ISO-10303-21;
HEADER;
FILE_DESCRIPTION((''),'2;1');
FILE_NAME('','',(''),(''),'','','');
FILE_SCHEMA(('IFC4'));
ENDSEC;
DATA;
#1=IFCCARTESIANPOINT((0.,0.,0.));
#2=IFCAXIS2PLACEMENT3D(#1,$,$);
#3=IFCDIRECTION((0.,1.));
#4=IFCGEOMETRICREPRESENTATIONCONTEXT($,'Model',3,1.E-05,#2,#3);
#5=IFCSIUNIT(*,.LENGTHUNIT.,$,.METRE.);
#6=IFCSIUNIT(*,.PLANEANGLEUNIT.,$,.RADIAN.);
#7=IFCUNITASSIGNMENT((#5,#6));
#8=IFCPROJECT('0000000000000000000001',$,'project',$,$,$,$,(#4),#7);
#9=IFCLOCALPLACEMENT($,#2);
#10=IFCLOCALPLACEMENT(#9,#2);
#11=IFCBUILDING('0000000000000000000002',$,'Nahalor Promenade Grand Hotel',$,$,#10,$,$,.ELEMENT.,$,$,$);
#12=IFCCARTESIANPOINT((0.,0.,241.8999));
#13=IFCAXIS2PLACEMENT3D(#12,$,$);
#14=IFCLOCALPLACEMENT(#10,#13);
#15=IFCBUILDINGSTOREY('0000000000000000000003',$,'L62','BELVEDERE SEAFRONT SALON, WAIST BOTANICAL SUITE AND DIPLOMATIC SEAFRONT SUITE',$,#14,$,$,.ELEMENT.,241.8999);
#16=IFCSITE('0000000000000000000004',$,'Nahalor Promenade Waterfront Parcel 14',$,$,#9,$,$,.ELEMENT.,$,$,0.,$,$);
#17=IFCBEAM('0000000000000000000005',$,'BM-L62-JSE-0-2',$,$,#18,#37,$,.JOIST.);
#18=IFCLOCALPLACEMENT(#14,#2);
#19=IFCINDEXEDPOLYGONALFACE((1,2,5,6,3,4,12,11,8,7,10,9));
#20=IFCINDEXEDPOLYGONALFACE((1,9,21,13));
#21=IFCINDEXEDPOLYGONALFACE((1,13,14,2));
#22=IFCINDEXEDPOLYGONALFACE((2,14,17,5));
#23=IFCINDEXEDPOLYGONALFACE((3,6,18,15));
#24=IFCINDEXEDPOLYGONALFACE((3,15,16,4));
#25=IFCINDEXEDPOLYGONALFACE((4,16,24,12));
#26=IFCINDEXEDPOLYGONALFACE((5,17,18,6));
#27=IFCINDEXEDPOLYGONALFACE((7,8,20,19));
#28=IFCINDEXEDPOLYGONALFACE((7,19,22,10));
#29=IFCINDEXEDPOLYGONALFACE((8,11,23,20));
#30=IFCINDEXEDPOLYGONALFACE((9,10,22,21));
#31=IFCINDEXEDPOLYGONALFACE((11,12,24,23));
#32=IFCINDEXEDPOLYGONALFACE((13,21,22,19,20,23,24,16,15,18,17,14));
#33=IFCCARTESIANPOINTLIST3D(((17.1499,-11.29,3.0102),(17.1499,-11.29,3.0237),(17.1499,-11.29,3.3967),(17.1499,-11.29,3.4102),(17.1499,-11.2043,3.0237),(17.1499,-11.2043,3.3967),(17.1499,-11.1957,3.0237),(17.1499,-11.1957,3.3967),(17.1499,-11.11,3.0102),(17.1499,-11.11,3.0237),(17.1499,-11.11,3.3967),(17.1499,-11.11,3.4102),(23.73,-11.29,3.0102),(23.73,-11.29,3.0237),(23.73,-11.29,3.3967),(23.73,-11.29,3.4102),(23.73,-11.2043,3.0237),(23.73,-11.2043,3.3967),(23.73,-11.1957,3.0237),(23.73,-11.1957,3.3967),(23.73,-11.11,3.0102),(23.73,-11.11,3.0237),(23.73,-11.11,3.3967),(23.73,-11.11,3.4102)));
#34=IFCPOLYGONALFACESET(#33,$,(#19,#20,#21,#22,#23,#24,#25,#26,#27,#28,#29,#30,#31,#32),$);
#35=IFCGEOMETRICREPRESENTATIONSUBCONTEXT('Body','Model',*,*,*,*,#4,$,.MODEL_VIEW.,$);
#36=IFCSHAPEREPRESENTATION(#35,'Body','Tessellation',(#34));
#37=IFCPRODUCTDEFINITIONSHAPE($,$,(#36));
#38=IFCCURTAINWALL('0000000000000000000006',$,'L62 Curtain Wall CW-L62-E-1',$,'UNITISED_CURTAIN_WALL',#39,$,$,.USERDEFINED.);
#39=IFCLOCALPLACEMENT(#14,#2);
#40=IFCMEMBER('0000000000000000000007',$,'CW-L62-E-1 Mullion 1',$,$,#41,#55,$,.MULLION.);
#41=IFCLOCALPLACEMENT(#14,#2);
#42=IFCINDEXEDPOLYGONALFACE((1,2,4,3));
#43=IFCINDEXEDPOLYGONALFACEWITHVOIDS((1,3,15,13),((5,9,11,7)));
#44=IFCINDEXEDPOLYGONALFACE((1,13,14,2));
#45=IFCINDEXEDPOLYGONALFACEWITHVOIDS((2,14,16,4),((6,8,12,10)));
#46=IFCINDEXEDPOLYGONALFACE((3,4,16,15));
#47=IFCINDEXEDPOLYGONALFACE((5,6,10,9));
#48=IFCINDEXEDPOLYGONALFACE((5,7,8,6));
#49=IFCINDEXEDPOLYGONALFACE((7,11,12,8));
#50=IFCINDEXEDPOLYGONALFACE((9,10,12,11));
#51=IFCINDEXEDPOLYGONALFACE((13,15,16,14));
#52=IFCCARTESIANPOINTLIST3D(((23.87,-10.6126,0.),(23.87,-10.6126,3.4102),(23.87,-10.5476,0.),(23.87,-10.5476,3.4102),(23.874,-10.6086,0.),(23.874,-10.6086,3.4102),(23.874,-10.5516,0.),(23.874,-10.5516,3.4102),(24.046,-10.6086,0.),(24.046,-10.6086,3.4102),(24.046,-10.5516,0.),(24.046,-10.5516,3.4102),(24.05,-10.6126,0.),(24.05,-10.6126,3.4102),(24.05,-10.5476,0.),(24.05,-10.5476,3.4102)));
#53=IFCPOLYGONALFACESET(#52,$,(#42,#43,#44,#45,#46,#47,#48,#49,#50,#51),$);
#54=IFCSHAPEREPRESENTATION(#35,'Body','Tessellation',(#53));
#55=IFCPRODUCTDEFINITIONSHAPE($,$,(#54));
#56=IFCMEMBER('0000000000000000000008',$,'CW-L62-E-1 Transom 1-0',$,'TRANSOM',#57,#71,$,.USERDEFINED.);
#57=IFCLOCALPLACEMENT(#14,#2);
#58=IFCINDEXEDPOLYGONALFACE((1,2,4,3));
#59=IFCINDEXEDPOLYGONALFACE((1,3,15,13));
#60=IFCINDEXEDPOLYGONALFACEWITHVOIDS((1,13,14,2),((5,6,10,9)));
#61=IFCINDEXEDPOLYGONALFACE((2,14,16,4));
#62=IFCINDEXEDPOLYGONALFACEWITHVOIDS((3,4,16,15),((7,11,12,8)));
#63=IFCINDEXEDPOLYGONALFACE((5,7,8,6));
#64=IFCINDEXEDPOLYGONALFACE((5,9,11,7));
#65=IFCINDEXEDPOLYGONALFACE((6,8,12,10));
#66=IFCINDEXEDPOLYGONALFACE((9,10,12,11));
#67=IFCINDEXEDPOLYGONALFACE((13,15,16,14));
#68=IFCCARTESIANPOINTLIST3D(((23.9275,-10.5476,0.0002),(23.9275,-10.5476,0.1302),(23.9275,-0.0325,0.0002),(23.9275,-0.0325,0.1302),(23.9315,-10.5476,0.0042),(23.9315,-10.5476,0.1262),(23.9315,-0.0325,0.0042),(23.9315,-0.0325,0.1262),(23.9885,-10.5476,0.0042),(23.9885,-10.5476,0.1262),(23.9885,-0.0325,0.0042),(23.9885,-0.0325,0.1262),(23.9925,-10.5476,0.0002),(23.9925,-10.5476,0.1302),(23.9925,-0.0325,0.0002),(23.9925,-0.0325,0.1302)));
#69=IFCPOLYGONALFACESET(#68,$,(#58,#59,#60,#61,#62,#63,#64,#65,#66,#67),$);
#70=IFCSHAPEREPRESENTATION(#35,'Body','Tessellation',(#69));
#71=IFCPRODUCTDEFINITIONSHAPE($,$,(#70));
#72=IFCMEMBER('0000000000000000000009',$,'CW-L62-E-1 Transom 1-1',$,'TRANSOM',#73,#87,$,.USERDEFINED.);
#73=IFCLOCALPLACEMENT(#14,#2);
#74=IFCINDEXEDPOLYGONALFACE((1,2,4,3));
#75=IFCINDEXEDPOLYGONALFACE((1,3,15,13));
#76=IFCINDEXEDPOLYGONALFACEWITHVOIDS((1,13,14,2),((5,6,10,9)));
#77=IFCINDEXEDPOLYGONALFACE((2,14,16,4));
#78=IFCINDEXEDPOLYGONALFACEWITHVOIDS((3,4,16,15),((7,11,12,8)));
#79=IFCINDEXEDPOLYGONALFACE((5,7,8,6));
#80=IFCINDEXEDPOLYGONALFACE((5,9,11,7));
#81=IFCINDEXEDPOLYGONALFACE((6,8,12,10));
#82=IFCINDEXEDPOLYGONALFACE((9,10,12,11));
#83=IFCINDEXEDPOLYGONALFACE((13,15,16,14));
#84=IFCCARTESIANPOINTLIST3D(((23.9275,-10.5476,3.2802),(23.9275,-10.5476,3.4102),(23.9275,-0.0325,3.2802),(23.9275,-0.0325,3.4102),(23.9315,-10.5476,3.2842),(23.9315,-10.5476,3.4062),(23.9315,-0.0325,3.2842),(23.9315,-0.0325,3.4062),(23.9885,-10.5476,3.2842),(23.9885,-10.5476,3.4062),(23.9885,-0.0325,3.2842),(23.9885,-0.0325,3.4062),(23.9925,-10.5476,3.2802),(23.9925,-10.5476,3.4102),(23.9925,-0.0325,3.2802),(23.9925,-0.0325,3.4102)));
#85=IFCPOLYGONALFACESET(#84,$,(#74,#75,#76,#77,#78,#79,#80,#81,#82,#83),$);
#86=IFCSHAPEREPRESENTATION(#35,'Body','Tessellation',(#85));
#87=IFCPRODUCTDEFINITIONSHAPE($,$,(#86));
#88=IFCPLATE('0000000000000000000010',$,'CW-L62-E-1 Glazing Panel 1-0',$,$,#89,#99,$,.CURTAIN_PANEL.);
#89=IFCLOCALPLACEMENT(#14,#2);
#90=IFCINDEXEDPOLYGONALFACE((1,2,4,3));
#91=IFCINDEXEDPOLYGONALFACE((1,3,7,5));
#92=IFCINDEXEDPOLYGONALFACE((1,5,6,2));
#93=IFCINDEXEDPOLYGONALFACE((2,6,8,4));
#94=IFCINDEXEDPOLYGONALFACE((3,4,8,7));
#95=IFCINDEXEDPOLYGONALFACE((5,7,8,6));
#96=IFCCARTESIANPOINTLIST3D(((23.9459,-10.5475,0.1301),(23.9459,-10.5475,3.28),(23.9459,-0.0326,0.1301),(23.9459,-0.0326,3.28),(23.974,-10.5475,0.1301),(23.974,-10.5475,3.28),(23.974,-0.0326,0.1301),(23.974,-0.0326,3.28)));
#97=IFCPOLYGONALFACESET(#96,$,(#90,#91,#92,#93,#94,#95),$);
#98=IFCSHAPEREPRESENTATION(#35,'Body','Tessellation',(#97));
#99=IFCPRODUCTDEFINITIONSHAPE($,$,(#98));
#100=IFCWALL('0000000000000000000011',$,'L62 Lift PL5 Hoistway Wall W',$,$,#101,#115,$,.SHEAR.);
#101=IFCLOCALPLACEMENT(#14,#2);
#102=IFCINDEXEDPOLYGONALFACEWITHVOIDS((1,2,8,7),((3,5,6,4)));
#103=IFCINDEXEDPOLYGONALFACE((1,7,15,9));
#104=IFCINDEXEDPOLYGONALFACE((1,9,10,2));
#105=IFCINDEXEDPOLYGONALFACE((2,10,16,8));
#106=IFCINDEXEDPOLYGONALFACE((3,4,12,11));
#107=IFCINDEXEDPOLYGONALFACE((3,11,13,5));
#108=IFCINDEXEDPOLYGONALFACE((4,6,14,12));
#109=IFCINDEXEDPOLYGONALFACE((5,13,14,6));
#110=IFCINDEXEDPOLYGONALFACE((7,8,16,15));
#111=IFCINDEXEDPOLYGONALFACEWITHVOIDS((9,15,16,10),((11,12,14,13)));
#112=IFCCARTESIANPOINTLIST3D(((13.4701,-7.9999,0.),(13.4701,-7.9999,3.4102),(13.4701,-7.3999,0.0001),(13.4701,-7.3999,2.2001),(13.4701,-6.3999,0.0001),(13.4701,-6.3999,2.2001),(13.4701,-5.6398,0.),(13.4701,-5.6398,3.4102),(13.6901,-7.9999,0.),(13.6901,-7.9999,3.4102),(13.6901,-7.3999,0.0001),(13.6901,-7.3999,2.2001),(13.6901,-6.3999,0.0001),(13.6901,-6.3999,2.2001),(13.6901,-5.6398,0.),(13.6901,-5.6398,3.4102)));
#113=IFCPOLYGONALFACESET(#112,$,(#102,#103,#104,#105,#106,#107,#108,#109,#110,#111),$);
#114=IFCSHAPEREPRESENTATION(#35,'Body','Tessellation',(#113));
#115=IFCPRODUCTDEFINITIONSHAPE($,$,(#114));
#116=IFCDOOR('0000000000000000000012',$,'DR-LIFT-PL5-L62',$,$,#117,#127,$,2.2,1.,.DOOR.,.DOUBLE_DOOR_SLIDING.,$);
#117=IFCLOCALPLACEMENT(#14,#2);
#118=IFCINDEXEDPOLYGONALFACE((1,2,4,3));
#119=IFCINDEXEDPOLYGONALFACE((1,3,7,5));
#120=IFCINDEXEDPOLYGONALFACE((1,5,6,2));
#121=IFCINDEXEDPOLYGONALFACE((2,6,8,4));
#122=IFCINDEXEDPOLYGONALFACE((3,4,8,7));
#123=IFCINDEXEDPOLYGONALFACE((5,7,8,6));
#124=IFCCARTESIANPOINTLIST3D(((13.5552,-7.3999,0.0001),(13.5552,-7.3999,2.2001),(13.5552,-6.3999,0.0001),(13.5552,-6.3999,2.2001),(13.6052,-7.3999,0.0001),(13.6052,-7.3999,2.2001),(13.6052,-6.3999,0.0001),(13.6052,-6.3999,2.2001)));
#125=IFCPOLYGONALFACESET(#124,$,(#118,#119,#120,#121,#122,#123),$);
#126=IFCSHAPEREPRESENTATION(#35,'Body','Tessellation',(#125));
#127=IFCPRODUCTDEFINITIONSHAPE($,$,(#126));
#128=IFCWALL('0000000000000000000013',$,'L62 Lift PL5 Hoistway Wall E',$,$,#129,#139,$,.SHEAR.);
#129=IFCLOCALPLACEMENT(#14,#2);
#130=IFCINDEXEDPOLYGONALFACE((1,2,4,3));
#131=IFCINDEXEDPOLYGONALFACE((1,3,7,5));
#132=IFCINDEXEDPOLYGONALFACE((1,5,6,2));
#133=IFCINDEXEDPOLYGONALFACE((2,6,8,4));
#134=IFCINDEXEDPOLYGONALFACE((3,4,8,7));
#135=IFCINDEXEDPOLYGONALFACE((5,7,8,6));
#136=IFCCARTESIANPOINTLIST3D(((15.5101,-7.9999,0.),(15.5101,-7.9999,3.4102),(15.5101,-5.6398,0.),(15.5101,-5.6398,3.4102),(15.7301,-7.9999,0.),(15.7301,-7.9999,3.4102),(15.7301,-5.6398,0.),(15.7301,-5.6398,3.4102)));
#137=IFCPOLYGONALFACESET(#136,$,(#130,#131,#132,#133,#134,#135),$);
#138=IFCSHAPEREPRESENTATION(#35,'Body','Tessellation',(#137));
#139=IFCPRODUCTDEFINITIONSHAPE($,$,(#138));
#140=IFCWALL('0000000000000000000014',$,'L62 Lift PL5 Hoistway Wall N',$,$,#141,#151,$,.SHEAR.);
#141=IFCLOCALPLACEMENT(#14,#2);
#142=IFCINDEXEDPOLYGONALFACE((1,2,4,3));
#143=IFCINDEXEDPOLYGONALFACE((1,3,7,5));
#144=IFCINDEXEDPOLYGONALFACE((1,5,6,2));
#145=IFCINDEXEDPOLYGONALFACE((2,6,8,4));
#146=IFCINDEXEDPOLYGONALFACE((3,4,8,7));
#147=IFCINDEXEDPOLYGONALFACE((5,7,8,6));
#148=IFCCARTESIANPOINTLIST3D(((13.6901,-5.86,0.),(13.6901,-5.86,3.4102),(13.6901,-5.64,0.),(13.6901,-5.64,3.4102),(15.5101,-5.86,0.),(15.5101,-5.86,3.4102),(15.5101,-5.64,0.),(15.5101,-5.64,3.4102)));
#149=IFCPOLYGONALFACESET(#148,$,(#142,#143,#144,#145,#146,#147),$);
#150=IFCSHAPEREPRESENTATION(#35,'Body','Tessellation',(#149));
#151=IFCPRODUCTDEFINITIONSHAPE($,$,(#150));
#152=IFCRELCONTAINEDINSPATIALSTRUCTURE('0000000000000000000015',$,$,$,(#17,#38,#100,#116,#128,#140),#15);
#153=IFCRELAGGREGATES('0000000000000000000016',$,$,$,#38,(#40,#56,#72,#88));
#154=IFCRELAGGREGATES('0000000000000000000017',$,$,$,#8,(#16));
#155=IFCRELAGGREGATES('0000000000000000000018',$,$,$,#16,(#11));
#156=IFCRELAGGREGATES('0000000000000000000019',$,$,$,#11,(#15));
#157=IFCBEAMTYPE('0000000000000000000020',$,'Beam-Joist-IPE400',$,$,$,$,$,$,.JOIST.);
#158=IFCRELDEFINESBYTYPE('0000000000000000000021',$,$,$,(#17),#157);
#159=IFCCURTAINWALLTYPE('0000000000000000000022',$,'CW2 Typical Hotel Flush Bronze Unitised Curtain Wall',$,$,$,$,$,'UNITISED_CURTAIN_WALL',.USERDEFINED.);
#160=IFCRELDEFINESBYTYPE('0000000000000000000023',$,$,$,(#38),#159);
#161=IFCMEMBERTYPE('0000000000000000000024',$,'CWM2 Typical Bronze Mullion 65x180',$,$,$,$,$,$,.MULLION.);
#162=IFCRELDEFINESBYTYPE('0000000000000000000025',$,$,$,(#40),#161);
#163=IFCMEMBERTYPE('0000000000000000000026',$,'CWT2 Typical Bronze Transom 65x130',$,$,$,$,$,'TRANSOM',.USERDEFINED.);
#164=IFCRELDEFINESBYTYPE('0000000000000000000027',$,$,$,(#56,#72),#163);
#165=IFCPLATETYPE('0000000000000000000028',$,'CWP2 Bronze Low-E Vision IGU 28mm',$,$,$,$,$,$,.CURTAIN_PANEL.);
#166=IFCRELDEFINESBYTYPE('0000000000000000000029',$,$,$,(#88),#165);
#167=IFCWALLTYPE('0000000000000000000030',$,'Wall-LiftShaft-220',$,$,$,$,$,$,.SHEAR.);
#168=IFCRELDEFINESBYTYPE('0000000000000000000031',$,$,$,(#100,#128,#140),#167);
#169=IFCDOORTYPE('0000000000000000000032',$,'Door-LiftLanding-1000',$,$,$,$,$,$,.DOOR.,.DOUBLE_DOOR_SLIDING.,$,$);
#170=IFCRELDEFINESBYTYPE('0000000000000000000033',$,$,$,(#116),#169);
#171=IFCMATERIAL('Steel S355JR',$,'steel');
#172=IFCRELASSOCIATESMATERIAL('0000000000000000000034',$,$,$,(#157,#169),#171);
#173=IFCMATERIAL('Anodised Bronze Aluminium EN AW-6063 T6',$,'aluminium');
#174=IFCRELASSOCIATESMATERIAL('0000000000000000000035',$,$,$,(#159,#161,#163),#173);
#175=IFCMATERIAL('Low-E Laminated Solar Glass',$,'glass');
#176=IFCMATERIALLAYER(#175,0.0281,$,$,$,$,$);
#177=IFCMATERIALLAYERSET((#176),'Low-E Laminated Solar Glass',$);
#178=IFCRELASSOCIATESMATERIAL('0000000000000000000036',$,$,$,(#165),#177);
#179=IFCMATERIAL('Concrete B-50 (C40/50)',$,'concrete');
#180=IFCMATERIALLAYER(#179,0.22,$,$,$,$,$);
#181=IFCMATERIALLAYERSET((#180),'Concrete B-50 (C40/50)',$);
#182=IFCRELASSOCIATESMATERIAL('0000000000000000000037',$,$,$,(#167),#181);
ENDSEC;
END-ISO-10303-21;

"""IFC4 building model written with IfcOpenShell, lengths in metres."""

from ifc_helpers import new_model, si_unit, direction, frame, frame_2d, origin, origin_2d, place, context, subcontext, project, spatial, rectangle, hollow_rectangle, i_section, extrude, source, transform, mapped, material, layer, layer_set, material_profile, profile_set, type_object, element, fill, aggregate, save


model = new_model("IFC4")

# Units and contexts
model_context = context("Model", 3, precision=1e-05, world=origin(), true_north=direction((0.0, 1.0)))
body_context = subcontext(model_context, "Body", "Model", "MODEL_VIEW")
ifc_project = project(units=[si_unit("LENGTHUNIT", "METRE"), si_unit("PLANEANGLEUNIT", "RADIAN")], contexts=[model_context])

# Site, building, storey
site_placement = place(None, origin())
site = spatial("IfcSite", under=ifc_project, at=site_placement, Name="Nahalor Promenade Waterfront Parcel 14", CompositionType="ELEMENT", RefElevation=0.0)
building_placement = place(site_placement, origin())
building = spatial("IfcBuilding", under=site, at=building_placement, Name="Nahalor Promenade Grand Hotel", CompositionType="ELEMENT")
storey_placement = place(building_placement, frame((0.0, 0.0, 241.8999)))
storey = spatial("IfcBuildingStorey", under=building, at=storey_placement, Name="L62", Description="BELVEDERE SEAFRONT SALON, WAIST BOTANICAL SUITE AND DIPLOMATIC SEAFRONT SUITE", CompositionType="ELEMENT", Elevation=241.8999)

# Shared definitions
ifc_material_1 = material(Name="Steel S355JR", Category="steel")

# Beam
ifc_material_profile_1 = material_profile(ifc_material_1, i_section(OverallWidth=0.18, OverallDepth=0.4, WebThickness=0.0086, FlangeThickness=0.0135, at=origin_2d()), Name="IPE 400")
ifc_profile_set_1 = profile_set([ifc_material_profile_1], Name="Steel S355JR")
beam_type_1 = type_object("IfcBeamType", Name="Beam-Joist-IPE400", PredefinedType="JOIST", material=ifc_profile_set_1)
shared_shape_1 = source(origin(), body_context, "Body", "SweptSolid", [
    extrude(i_section(OverallWidth=0.18, OverallDepth=0.4, WebThickness=0.0086, FlangeThickness=0.0135, at=origin_2d()), origin(), (0.0, 0.0, 1.0), 6.5801),
])
beam_1_placement = place(storey_placement, frame((17.1499, -11.2, 3.2102), z_axis=(1.0, 0.0, 0.0), x_axis=(0.0, 1.0, 0.0)))
element("IfcBeam", 1, at=beam_1_placement, inside=storey, type_object=beam_type_1, Name="BM-L62-JSE-0-2", PredefinedType="JOIST", context=body_context, shape_type="MappedRepresentation", body=[
    mapped(shared_shape_1, transform((0.0, 0.0, 0.0), scale=1.0)),
])

# Curtain wall, members, plate
ifc_material_2 = material(Name="Anodised Bronze Aluminium EN AW-6063 T6", Category="aluminium")
curtain_wall_type = type_object("IfcCurtainWallType", Name="CW2 Typical Hotel Flush Bronze Unitised Curtain Wall", ElementType="UNITISED_CURTAIN_WALL", PredefinedType="USERDEFINED", material=ifc_material_2)
curtain_wall_placement = place(storey_placement, origin())
curtain_wall = element("IfcCurtainWall", 2, at=curtain_wall_placement, inside=storey, type_object=curtain_wall_type, Name="L62 Curtain Wall CW-L62-E-1", ObjectType="UNITISED_CURTAIN_WALL", PredefinedType="USERDEFINED")
ifc_material_profile_2 = material_profile(ifc_material_2, hollow_rectangle(XDim=0.065, YDim=0.18, WallThickness=0.004, at=origin_2d()), Name="CWM 65x180x4")
ifc_profile_set_2 = profile_set([ifc_material_profile_2], Name="Anodised Bronze Aluminium EN AW-6063 T6")
member_type_1 = type_object("IfcMemberType", Name="CWM2 Typical Bronze Mullion 65x180", PredefinedType="MULLION", material=ifc_profile_set_2)
shared_shape_2 = source(origin(), body_context, "Body", "SweptSolid", [
    extrude(hollow_rectangle(XDim=0.065, YDim=0.18, WallThickness=0.004, at=origin_2d()), origin(), (0.0, 0.0, 1.0), 3.4102),
])
member_1_placement = place(storey_placement, frame((23.96, -10.5801, 0.0), z_axis=(0.0, 0.0, 1.0), x_axis=(0.0, 1.0, 0.0)))
member_1 = element("IfcMember", 3, at=member_1_placement, type_object=member_type_1, Name="CW-L62-E-1 Mullion 1", PredefinedType="MULLION", context=body_context, shape_type="MappedRepresentation", body=[
    mapped(shared_shape_2, transform((0.0, 0.0, 0.0), scale=1.0)),
])
ifc_material_profile_3 = material_profile(ifc_material_2, hollow_rectangle(XDim=0.065, YDim=0.13, WallThickness=0.004, at=origin_2d()), Name="CWT 65x130x4")
ifc_profile_set_3 = profile_set([ifc_material_profile_3], Name="Anodised Bronze Aluminium EN AW-6063 T6")
member_type_2 = type_object("IfcMemberType", Name="CWT2 Typical Bronze Transom 65x130", ElementType="TRANSOM", PredefinedType="USERDEFINED", material=ifc_profile_set_3)
shared_shape_3 = source(origin(), body_context, "Body", "SweptSolid", [
    extrude(hollow_rectangle(XDim=0.065, YDim=0.13, WallThickness=0.004, at=origin_2d()), origin(), (0.0, 0.0, 1.0), 10.5151),
])
member_2_placement = place(storey_placement, frame((23.96, -10.5476, 0.0652), z_axis=(0.0, 1.0, 0.0), x_axis=(-1.0, 0.0, 0.0)))
member_2 = element("IfcMember", 4, at=member_2_placement, type_object=member_type_2, Name="CW-L62-E-1 Transom 1-0", ObjectType="TRANSOM", PredefinedType="USERDEFINED", context=body_context, shape_type="MappedRepresentation", body=[
    mapped(shared_shape_3, transform((0.0, 0.0, 0.0), scale=1.0)),
])
member_3_placement = place(storey_placement, frame((23.96, -10.5476, 3.3452), z_axis=(0.0, 1.0, 0.0), x_axis=(-1.0, 0.0, 0.0)))
member_3 = element("IfcMember", 5, at=member_3_placement, type_object=member_type_2, Name="CW-L62-E-1 Transom 1-1", ObjectType="TRANSOM", PredefinedType="USERDEFINED", context=body_context, shape_type="MappedRepresentation", body=[
    mapped(shared_shape_3, transform((0.0, 0.0, 0.0), scale=1.0)),
])
ifc_material_3 = material(Name="Low-E Laminated Solar Glass", Category="glass")
ifc_layer_1 = layer(ifc_material_3, 0.0281)
ifc_layer_set_1 = layer_set([ifc_layer_1], Name="Low-E Laminated Solar Glass")
plate_type = type_object("IfcPlateType", Name="CWP2 Bronze Low-E Vision IGU 28mm", PredefinedType="CURTAIN_PANEL", material=ifc_layer_set_1)
shared_shape_4 = source(origin(), body_context, "Body", "SweptSolid", [
    extrude(rectangle(XDim=10.5149, YDim=0.0281, at=origin_2d()), origin(), (0.0, 0.0, 1.0), 3.1499),
])
plate_placement = place(storey_placement, frame((23.96, -5.29, 0.1301), z_axis=(0.0, 0.0, 1.0), x_axis=(0.0, 1.0, 0.0)))
plate = element("IfcPlate", 6, at=plate_placement, type_object=plate_type, Name="CW-L62-E-1 Glazing Panel 1-0", PredefinedType="CURTAIN_PANEL", context=body_context, shape_type="MappedRepresentation", body=[
    mapped(shared_shape_4, transform((0.0, 0.0, 0.0), scale=1.0)),
])
aggregate(curtain_wall, [member_1, member_2, member_3, plate])

# Wall, opening, door
ifc_material_4 = material(Name="Concrete B-50 (C40/50)", Category="concrete")
ifc_layer_2 = layer(ifc_material_4, 0.22)
ifc_layer_set_2 = layer_set([ifc_layer_2], Name="Concrete B-50 (C40/50)")
wall_type_1 = type_object("IfcWallType", Name="Wall-LiftShaft-220", PredefinedType="SHEAR", material=ifc_layer_set_2)
shared_shape_5 = source(origin(), body_context, "Body", "SweptSolid", [
    extrude(rectangle(XDim=2.3601, YDim=0.22, at=frame_2d((1.1802, 0.0))), origin(), (0.0, 0.0, 1.0), 3.4102),
])
wall_1_placement = place(storey_placement, frame((13.5801, -8.0, 0.0), z_axis=(0.0, 0.0, 1.0), x_axis=(0.0, 1.0, 0.0)))
wall_1 = element("IfcWall", 7, at=wall_1_placement, inside=storey, type_object=wall_type_1, Name="L62 Lift PL5 Hoistway Wall W", PredefinedType="SHEAR", context=body_context, shape_type="MappedRepresentation", body=[
    mapped(shared_shape_5, transform((0.0, 0.0, 0.0), scale=1.0)),
])
opening_1_placement = place(wall_1_placement, frame((0.6001, 0.0, 0.0)))
opening_1 = element("IfcOpeningElement", 8, at=opening_1_placement, cuts=wall_1, PredefinedType="OPENING", context=body_context, shape_type="SweptSolid", body=[
    extrude(rectangle(XDim=1.0, YDim=2.2, at=frame_2d((0.5, 1.1001))), frame((0.0, 0.1199, 0.0), z_axis=(0.0, -1.0, 0.0), x_axis=(1.0, 0.0, 0.0)), (0.0, 0.0, 1.0), 0.24),
])
door_type_1 = type_object("IfcDoorType", Name="Door-LiftLanding-1000", OperationType="DOUBLE_DOOR_SLIDING", PredefinedType="DOOR", material=ifc_material_1)
shared_shape_6 = source(origin(), body_context, "Body", "SweptSolid", [
    extrude(rectangle(XDim=1.0, YDim=2.2, at=frame_2d((0.5, 1.1001))), frame((0.0, 0.0249, 0.0), z_axis=(0.0, -1.0, 0.0), x_axis=(1.0, 0.0, 0.0)), (0.0, 0.0, 1.0), 0.05),
])
door_1_placement = place(opening_1_placement, origin())
door_1 = element("IfcDoor", 9, at=door_1_placement, inside=storey, type_object=door_type_1, Name="DR-LIFT-PL5-L62", OperationType="DOUBLE_DOOR_SLIDING", OverallHeight=2.2, OverallWidth=1.0, PredefinedType="DOOR", context=body_context, shape_type="MappedRepresentation", body=[
    mapped(shared_shape_6, transform((0.0, 0.0, 0.0), scale=1.0)),
])
fill(opening_1, door_1)

# Walls
wall_2_placement = place(storey_placement, frame((15.6201, -8.0, 0.0), z_axis=(0.0, 0.0, 1.0), x_axis=(0.0, 1.0, 0.0)))
element("IfcWall", 10, at=wall_2_placement, inside=storey, type_object=wall_type_1, Name="L62 Lift PL5 Hoistway Wall E", PredefinedType="SHEAR", context=body_context, shape_type="MappedRepresentation", body=[
    mapped(shared_shape_5, transform((0.0, 0.0, 0.0), scale=1.0)),
])
shared_shape_7 = source(origin(), body_context, "Body", "SweptSolid", [
    extrude(rectangle(XDim=1.8201, YDim=0.22, at=frame_2d((0.9102, 0.0))), origin(), (0.0, 0.0, 1.0), 3.4102),
])
wall_3_placement = place(storey_placement, frame((13.6899, -5.75, 0.0), z_axis=(0.0, 0.0, 1.0), x_axis=(1.0, 0.0, 0.0)))
element("IfcWall", 11, at=wall_3_placement, inside=storey, type_object=wall_type_1, Name="L62 Lift PL5 Hoistway Wall N", PredefinedType="SHEAR", context=body_context, shape_type="MappedRepresentation", body=[
    mapped(shared_shape_7, transform((0.0, 0.0, 0.0), scale=1.0)),
])

save(model, "model.ifc")
